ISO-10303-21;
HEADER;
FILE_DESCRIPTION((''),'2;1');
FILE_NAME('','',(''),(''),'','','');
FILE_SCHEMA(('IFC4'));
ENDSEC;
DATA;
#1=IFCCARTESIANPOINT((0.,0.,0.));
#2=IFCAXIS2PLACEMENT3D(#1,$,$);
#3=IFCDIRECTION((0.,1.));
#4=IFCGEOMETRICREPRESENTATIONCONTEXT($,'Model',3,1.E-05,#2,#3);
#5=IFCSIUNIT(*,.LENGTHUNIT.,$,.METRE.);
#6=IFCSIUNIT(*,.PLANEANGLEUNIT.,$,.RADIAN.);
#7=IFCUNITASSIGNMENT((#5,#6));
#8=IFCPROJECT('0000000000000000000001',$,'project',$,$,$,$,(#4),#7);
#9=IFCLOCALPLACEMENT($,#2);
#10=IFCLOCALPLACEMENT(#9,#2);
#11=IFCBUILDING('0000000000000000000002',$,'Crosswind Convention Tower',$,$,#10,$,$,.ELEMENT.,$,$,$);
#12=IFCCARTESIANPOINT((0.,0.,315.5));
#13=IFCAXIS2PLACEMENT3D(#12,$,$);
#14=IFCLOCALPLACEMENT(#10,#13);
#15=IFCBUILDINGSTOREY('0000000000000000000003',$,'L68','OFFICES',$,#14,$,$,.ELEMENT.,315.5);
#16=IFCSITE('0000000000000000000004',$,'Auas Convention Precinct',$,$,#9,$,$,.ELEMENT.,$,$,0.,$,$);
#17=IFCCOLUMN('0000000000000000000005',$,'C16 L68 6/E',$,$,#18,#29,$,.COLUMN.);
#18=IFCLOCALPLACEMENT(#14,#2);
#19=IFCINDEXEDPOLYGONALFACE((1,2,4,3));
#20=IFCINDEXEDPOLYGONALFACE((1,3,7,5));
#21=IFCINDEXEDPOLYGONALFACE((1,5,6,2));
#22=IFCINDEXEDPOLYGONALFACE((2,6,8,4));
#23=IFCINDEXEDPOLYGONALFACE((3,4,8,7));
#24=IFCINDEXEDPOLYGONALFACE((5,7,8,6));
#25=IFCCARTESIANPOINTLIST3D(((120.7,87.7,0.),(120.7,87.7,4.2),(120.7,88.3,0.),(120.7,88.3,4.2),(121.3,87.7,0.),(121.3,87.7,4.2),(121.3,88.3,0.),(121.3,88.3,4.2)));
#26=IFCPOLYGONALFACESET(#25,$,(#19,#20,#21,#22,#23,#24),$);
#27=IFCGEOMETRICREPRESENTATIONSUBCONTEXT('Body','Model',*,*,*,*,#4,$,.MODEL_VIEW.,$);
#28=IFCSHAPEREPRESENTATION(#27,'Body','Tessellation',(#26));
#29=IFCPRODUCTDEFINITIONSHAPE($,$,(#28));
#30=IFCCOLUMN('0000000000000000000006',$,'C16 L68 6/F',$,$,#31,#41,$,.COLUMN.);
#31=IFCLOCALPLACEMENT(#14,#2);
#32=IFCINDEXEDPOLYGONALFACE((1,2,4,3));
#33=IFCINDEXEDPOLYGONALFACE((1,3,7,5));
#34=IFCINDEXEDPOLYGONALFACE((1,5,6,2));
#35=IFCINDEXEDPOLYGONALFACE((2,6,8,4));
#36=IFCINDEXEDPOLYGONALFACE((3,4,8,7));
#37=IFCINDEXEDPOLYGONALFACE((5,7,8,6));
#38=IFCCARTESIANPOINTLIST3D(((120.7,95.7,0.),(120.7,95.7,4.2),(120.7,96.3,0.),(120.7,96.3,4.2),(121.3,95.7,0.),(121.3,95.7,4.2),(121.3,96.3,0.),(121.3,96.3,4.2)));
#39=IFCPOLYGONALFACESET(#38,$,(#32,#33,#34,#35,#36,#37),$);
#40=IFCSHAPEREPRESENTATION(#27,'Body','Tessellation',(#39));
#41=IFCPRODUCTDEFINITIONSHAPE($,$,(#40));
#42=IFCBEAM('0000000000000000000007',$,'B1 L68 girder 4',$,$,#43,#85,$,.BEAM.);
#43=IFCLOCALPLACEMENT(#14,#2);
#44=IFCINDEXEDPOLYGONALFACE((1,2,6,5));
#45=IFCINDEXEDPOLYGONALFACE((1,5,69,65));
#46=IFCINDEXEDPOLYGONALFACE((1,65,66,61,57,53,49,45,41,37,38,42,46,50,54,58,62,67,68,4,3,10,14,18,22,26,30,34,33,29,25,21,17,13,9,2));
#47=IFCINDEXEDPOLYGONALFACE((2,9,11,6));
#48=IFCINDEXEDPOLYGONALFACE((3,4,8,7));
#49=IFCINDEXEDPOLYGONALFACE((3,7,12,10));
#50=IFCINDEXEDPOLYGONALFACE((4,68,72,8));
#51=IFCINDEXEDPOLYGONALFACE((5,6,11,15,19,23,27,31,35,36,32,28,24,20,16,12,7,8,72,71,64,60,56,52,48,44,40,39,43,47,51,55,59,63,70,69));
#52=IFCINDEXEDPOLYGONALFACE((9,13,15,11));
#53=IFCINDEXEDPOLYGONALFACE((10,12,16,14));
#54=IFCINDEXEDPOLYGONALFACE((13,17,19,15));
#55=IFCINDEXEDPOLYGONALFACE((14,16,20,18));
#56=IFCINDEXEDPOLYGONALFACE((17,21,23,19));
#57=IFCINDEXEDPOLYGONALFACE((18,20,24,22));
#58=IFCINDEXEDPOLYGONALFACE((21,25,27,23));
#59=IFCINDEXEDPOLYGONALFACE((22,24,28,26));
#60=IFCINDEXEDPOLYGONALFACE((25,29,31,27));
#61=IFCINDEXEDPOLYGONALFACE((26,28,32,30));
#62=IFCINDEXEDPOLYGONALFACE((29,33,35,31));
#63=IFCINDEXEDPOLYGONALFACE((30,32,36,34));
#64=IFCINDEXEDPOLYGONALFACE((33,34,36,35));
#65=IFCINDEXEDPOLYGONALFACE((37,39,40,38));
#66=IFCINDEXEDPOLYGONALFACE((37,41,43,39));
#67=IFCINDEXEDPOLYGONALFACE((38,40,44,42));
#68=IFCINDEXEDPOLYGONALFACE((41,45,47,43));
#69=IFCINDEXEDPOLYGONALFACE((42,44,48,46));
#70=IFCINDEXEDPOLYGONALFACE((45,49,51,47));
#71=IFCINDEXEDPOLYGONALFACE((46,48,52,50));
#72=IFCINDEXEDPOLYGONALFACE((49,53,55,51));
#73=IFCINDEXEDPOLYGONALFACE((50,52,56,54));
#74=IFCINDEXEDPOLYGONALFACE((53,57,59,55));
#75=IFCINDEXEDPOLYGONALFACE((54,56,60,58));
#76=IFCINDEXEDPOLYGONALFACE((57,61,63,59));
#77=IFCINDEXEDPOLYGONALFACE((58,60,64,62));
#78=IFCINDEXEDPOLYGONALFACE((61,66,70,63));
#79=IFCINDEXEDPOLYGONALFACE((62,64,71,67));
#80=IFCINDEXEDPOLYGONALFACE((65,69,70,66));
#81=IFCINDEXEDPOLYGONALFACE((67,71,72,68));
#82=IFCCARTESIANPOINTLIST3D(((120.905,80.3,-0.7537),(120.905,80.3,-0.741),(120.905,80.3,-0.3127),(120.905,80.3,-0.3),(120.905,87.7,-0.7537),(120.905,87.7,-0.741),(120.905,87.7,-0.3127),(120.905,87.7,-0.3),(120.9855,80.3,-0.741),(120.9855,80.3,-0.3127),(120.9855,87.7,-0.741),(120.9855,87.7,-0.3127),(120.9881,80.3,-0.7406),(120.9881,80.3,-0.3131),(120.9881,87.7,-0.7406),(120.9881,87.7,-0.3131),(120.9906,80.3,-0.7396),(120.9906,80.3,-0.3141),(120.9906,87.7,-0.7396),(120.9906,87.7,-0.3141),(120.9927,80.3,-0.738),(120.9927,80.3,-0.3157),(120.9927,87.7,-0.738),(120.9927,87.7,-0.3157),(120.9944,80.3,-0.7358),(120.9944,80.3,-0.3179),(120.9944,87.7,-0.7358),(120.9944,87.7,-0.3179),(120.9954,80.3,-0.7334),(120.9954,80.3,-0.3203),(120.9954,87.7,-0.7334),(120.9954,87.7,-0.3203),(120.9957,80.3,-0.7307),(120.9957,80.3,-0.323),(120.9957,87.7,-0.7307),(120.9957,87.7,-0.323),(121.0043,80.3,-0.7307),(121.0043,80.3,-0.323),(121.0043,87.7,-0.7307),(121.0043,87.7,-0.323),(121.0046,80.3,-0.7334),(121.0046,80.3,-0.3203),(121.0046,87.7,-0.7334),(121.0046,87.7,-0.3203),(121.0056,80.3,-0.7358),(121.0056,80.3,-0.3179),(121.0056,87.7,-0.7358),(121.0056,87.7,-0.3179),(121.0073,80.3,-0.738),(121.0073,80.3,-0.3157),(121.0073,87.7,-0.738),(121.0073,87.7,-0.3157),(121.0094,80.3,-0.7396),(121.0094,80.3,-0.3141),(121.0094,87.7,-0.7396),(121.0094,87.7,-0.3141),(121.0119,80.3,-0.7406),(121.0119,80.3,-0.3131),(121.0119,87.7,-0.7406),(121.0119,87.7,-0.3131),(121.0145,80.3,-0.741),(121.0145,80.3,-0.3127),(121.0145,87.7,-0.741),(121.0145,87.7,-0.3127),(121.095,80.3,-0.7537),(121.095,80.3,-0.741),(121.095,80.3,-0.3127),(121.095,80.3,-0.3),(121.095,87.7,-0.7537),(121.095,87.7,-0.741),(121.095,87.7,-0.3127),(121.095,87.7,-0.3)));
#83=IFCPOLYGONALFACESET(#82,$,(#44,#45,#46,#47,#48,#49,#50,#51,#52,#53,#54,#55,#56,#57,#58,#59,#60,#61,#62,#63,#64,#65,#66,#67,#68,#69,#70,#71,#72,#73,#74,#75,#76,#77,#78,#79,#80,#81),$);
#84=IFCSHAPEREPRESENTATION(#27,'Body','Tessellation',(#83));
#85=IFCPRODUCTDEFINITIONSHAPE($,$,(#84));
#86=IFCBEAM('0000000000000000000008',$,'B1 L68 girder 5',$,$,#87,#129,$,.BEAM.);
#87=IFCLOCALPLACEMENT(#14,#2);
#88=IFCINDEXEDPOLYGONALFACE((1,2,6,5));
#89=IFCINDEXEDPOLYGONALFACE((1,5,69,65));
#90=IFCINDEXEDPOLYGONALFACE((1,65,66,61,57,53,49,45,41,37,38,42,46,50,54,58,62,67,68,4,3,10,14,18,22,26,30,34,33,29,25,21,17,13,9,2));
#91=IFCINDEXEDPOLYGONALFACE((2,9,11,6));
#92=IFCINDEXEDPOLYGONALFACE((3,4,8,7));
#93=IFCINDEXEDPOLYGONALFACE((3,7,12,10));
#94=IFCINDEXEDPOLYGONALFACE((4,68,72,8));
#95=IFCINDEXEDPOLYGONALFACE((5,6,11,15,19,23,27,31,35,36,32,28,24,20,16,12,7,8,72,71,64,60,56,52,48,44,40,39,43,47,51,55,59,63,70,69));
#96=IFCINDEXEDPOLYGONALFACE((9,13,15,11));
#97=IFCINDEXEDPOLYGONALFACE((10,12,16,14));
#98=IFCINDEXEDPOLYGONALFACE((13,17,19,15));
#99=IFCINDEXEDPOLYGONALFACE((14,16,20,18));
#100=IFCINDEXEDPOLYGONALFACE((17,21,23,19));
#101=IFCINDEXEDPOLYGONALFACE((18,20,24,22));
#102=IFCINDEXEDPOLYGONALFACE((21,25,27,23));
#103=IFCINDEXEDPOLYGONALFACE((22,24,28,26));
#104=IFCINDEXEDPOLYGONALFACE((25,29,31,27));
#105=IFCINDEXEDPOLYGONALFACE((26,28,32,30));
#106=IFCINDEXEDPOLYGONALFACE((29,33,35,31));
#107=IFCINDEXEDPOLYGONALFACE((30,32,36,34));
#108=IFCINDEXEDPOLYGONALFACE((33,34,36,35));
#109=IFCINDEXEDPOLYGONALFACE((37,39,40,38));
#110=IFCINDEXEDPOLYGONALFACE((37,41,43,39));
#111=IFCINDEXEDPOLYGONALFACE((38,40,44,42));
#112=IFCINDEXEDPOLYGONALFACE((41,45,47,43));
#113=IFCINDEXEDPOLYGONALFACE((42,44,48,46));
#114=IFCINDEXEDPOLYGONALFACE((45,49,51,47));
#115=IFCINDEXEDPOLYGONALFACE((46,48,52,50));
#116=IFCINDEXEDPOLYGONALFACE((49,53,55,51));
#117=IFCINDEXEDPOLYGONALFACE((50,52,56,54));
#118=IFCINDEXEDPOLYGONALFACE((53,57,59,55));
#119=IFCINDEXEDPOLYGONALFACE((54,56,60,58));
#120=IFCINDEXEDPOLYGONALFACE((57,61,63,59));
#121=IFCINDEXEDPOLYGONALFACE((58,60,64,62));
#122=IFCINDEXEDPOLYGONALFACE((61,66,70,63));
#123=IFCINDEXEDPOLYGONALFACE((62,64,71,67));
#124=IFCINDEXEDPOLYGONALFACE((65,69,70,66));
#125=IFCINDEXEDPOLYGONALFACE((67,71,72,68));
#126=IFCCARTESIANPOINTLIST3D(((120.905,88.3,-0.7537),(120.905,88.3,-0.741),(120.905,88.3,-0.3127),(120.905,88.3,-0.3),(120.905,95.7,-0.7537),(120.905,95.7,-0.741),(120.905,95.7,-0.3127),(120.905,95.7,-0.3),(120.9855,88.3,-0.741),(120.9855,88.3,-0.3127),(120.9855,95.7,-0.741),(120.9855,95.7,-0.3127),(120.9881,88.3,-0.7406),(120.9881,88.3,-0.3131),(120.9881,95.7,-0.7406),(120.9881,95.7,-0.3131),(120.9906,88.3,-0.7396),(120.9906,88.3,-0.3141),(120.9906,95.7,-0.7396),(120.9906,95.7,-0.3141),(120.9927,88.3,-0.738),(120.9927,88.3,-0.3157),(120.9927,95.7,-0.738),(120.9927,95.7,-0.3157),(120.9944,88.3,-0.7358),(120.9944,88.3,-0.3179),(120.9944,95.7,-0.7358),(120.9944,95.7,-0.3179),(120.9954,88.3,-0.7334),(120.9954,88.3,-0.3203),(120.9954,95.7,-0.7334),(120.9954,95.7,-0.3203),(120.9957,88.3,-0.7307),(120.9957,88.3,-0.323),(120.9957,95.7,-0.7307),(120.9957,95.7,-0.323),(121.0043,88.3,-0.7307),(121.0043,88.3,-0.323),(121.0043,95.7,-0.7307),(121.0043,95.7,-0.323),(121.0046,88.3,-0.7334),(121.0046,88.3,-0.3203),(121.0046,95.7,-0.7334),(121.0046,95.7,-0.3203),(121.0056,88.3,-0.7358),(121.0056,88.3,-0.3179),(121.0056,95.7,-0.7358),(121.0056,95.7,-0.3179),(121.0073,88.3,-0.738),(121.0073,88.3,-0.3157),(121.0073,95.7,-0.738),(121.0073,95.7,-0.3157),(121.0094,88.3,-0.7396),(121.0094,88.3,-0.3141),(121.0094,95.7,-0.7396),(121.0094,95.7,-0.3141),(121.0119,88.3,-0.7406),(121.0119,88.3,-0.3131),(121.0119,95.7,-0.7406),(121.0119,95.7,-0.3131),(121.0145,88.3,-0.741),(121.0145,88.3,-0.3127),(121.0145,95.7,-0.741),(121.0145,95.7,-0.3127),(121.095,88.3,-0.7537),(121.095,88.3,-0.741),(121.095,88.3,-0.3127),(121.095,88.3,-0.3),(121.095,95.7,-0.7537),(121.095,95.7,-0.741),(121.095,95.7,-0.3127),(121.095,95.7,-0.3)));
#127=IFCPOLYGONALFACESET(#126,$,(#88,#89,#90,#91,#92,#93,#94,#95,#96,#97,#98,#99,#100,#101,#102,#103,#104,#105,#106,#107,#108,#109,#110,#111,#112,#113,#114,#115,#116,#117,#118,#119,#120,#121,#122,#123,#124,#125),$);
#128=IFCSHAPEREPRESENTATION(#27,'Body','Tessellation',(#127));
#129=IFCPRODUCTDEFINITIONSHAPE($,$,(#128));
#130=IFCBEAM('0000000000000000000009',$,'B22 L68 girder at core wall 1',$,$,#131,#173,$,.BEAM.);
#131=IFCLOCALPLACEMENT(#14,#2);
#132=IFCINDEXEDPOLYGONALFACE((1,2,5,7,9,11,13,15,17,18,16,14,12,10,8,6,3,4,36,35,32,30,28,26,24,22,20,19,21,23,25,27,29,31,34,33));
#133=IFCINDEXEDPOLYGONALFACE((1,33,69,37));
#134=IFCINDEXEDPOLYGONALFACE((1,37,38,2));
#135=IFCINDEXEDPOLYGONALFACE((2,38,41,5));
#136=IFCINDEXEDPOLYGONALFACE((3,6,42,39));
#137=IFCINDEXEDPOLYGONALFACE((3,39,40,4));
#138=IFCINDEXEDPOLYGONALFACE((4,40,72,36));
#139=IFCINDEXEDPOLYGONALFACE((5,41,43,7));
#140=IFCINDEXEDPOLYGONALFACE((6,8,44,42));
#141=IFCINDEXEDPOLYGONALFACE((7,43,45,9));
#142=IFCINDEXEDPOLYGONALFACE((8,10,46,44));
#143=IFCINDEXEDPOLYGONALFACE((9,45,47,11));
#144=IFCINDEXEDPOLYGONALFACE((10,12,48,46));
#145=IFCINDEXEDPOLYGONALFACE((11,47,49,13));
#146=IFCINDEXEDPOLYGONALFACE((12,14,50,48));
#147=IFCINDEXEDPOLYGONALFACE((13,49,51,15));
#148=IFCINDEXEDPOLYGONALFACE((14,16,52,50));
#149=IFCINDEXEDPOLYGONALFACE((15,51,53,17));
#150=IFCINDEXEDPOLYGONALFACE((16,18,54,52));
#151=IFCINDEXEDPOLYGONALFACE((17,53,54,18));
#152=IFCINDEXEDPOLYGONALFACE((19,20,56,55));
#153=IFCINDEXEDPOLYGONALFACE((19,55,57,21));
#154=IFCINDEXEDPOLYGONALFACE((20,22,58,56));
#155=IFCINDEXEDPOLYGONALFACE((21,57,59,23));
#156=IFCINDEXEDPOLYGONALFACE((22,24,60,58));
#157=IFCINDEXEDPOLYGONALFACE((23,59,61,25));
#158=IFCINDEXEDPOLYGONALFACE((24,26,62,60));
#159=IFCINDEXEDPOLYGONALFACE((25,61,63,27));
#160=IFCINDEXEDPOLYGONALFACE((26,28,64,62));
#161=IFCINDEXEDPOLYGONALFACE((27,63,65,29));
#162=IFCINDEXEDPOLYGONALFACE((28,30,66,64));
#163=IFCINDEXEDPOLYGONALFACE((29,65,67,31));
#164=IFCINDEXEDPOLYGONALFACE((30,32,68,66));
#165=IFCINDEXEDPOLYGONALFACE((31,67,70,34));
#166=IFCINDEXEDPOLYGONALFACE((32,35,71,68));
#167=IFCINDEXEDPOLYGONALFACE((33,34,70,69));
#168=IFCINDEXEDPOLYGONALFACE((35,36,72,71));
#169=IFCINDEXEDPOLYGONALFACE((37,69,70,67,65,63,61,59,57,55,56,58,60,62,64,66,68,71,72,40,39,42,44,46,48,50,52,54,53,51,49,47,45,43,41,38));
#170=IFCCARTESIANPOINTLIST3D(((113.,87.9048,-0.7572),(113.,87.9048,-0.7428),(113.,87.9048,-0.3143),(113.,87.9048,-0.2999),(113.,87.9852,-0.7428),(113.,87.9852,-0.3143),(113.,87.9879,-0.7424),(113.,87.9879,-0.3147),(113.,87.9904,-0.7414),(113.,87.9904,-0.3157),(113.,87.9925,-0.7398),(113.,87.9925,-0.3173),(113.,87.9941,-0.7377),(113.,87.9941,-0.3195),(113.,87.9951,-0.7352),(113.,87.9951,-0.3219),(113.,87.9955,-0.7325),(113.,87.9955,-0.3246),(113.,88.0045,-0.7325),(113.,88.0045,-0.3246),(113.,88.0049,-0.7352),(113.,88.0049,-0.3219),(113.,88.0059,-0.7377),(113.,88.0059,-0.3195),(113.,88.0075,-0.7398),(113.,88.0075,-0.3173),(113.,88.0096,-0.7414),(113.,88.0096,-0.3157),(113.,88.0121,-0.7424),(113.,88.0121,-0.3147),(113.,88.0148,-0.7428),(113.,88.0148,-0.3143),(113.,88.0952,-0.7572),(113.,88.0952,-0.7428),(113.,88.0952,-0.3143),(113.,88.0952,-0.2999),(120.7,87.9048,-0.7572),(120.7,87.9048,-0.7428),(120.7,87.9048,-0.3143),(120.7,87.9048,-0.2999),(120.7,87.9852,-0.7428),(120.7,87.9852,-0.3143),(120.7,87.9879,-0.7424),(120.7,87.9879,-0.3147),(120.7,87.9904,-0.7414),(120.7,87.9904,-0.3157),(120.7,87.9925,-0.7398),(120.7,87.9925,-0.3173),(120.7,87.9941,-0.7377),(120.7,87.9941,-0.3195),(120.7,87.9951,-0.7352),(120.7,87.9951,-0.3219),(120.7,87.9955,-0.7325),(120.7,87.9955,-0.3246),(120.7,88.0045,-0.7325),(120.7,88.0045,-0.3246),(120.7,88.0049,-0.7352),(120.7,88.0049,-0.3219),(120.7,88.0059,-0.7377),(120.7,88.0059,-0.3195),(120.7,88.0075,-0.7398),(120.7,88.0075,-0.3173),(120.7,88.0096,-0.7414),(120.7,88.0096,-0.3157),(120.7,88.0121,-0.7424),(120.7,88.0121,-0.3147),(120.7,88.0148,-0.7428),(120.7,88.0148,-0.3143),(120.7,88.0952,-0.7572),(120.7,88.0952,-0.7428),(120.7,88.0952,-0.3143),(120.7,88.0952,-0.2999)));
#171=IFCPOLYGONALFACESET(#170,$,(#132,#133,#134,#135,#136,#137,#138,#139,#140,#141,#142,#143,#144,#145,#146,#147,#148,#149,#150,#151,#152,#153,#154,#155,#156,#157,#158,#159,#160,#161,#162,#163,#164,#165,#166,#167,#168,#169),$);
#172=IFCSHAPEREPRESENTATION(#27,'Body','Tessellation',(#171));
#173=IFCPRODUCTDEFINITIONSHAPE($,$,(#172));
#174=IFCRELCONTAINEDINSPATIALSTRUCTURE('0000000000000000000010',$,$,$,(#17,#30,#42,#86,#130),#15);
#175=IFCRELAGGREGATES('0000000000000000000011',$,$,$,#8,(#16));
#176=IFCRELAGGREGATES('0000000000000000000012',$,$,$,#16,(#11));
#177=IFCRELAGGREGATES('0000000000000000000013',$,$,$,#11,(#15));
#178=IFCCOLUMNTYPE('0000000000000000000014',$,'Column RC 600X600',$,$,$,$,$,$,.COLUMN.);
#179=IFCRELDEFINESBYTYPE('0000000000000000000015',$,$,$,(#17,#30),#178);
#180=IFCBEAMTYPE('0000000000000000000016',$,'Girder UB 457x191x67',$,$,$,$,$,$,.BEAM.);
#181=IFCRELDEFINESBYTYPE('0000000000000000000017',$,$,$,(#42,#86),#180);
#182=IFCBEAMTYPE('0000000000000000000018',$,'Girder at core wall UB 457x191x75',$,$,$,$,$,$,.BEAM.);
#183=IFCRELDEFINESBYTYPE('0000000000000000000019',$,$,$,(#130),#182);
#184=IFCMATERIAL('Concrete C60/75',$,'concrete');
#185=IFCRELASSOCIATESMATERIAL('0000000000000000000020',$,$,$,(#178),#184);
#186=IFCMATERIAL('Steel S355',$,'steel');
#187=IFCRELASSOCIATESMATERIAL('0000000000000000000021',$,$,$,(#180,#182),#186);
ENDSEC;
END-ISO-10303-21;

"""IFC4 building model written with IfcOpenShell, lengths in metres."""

from ifc_helpers import new_model, si_unit, direction, frame, origin, origin_2d, place, context, subcontext, project, spatial, rectangle, i_section, extrude, material, material_profile, profile_set, type_object, element, save


model = new_model("IFC4")

# Units and contexts
model_context = context("Model", 3, precision=1e-05, world=origin(), true_north=direction((0.0, 1.0)))
body_context = subcontext(model_context, "Body", "Model", "MODEL_VIEW")
ifc_project = project(units=[si_unit("LENGTHUNIT", "METRE"), si_unit("PLANEANGLEUNIT", "RADIAN")], contexts=[model_context])

# Site, building, storey
site_placement = place(None, origin())
site = spatial("IfcSite", under=ifc_project, at=site_placement, Name="Auas Convention Precinct", CompositionType="ELEMENT", RefElevation=0.0)
building_placement = place(site_placement, origin())
building = spatial("IfcBuilding", under=site, at=building_placement, Name="Crosswind Convention Tower", CompositionType="ELEMENT")
storey_placement = place(building_placement, frame((0.0, 0.0, 315.5)))
storey = spatial("IfcBuildingStorey", under=building, at=storey_placement, Name="L68", Description="OFFICES", CompositionType="ELEMENT", Elevation=315.5)

# Columns
ifc_material_1 = material(Name="Concrete C60/75", Category="concrete")
ifc_material_profile_1 = material_profile(ifc_material_1, rectangle(XDim=0.6001, YDim=0.6001, at=origin_2d()), Name="RC 600X600")
ifc_profile_set_1 = profile_set([ifc_material_profile_1], Name="Concrete C60/75")
column_type = type_object("IfcColumnType", Name="Column RC 600X600", PredefinedType="COLUMN", material=ifc_profile_set_1)
for number, where, z_axis, x_axis, name in (
    (1, (121.0, 88.0, 0.0), (0.0, 0.0, 1.0), (1.0, 0.0, 0.0), "C16 L68 6/E"),
    (2, (121.0, 96.0, 0.0), (0.0, 0.0, 1.0), (1.0, 0.0, 0.0), "C16 L68 6/F"),
):
    element("IfcColumn", number, at=place(storey_placement, frame(where, z_axis=z_axis, x_axis=x_axis)), inside=storey, type_object=column_type, Name=name, PredefinedType="COLUMN", context=body_context, shape_type="SweptSolid", body=[
        extrude(rectangle(XDim=0.6001, YDim=0.6001, at=origin_2d()), origin(), (0.0, 0.0, 1.0), 4.2),
    ])

# Beams
ifc_material_2 = material(Name="Steel S355", Category="steel")
ifc_material_profile_2 = material_profile(ifc_material_2, i_section(OverallWidth=0.1899, OverallDepth=0.4536, WebThickness=0.0085, FlangeThickness=0.0127, FilletRadius=0.0103, at=origin_2d()), Name="UB 457x191x67")
ifc_profile_set_2 = profile_set([ifc_material_profile_2], Name="Steel S355")
beam_type_1 = type_object("IfcBeamType", Name="Girder UB 457x191x67", PredefinedType="BEAM", material=ifc_profile_set_2)
for number, where, z_axis, x_axis, name in (
    (3, (121.0, 80.3, -0.5269), (0.0, 1.0, 0.0), (-1.0, 0.0, 0.0), "B1 L68 girder 4"),
    (4, (121.0, 88.3, -0.5269), (0.0, 1.0, 0.0), (-1.0, 0.0, 0.0), "B1 L68 girder 5"),
):
    element("IfcBeam", number, at=place(storey_placement, frame(where, z_axis=z_axis, x_axis=x_axis)), inside=storey, type_object=beam_type_1, Name=name, PredefinedType="BEAM", context=body_context, shape_type="SweptSolid", body=[
        extrude(i_section(OverallWidth=0.1899, OverallDepth=0.4536, WebThickness=0.0085, FlangeThickness=0.0127, FilletRadius=0.0103, at=origin_2d()), origin(), (0.0, 0.0, 1.0), 7.3999),
    ])
ifc_material_profile_3 = material_profile(ifc_material_2, i_section(OverallWidth=0.1904, OverallDepth=0.4573, WebThickness=0.009, FlangeThickness=0.0144, FilletRadius=0.0103, at=origin_2d()), Name="UB 457x191x75")
ifc_profile_set_3 = profile_set([ifc_material_profile_3], Name="Steel S355")
beam_type_2 = type_object("IfcBeamType", Name="Girder at core wall UB 457x191x75", PredefinedType="BEAM", material=ifc_profile_set_3)
for number, where, z_axis, x_axis, name in (
    (5, (113.0, 88.0, -0.5286), (1.0, 0.0, 0.0), (0.0, 1.0, 0.0), "B22 L68 girder at core wall 1"),
):
    element("IfcBeam", number, at=place(storey_placement, frame(where, z_axis=z_axis, x_axis=x_axis)), inside=storey, type_object=beam_type_2, Name=name, PredefinedType="BEAM", context=body_context, shape_type="SweptSolid", body=[
        extrude(i_section(OverallWidth=0.1904, OverallDepth=0.4573, WebThickness=0.009, FlangeThickness=0.0144, FilletRadius=0.0103, at=origin_2d()), origin(), (0.0, 0.0, 1.0), 7.7),
    ])

save(model, "model.ifc")
